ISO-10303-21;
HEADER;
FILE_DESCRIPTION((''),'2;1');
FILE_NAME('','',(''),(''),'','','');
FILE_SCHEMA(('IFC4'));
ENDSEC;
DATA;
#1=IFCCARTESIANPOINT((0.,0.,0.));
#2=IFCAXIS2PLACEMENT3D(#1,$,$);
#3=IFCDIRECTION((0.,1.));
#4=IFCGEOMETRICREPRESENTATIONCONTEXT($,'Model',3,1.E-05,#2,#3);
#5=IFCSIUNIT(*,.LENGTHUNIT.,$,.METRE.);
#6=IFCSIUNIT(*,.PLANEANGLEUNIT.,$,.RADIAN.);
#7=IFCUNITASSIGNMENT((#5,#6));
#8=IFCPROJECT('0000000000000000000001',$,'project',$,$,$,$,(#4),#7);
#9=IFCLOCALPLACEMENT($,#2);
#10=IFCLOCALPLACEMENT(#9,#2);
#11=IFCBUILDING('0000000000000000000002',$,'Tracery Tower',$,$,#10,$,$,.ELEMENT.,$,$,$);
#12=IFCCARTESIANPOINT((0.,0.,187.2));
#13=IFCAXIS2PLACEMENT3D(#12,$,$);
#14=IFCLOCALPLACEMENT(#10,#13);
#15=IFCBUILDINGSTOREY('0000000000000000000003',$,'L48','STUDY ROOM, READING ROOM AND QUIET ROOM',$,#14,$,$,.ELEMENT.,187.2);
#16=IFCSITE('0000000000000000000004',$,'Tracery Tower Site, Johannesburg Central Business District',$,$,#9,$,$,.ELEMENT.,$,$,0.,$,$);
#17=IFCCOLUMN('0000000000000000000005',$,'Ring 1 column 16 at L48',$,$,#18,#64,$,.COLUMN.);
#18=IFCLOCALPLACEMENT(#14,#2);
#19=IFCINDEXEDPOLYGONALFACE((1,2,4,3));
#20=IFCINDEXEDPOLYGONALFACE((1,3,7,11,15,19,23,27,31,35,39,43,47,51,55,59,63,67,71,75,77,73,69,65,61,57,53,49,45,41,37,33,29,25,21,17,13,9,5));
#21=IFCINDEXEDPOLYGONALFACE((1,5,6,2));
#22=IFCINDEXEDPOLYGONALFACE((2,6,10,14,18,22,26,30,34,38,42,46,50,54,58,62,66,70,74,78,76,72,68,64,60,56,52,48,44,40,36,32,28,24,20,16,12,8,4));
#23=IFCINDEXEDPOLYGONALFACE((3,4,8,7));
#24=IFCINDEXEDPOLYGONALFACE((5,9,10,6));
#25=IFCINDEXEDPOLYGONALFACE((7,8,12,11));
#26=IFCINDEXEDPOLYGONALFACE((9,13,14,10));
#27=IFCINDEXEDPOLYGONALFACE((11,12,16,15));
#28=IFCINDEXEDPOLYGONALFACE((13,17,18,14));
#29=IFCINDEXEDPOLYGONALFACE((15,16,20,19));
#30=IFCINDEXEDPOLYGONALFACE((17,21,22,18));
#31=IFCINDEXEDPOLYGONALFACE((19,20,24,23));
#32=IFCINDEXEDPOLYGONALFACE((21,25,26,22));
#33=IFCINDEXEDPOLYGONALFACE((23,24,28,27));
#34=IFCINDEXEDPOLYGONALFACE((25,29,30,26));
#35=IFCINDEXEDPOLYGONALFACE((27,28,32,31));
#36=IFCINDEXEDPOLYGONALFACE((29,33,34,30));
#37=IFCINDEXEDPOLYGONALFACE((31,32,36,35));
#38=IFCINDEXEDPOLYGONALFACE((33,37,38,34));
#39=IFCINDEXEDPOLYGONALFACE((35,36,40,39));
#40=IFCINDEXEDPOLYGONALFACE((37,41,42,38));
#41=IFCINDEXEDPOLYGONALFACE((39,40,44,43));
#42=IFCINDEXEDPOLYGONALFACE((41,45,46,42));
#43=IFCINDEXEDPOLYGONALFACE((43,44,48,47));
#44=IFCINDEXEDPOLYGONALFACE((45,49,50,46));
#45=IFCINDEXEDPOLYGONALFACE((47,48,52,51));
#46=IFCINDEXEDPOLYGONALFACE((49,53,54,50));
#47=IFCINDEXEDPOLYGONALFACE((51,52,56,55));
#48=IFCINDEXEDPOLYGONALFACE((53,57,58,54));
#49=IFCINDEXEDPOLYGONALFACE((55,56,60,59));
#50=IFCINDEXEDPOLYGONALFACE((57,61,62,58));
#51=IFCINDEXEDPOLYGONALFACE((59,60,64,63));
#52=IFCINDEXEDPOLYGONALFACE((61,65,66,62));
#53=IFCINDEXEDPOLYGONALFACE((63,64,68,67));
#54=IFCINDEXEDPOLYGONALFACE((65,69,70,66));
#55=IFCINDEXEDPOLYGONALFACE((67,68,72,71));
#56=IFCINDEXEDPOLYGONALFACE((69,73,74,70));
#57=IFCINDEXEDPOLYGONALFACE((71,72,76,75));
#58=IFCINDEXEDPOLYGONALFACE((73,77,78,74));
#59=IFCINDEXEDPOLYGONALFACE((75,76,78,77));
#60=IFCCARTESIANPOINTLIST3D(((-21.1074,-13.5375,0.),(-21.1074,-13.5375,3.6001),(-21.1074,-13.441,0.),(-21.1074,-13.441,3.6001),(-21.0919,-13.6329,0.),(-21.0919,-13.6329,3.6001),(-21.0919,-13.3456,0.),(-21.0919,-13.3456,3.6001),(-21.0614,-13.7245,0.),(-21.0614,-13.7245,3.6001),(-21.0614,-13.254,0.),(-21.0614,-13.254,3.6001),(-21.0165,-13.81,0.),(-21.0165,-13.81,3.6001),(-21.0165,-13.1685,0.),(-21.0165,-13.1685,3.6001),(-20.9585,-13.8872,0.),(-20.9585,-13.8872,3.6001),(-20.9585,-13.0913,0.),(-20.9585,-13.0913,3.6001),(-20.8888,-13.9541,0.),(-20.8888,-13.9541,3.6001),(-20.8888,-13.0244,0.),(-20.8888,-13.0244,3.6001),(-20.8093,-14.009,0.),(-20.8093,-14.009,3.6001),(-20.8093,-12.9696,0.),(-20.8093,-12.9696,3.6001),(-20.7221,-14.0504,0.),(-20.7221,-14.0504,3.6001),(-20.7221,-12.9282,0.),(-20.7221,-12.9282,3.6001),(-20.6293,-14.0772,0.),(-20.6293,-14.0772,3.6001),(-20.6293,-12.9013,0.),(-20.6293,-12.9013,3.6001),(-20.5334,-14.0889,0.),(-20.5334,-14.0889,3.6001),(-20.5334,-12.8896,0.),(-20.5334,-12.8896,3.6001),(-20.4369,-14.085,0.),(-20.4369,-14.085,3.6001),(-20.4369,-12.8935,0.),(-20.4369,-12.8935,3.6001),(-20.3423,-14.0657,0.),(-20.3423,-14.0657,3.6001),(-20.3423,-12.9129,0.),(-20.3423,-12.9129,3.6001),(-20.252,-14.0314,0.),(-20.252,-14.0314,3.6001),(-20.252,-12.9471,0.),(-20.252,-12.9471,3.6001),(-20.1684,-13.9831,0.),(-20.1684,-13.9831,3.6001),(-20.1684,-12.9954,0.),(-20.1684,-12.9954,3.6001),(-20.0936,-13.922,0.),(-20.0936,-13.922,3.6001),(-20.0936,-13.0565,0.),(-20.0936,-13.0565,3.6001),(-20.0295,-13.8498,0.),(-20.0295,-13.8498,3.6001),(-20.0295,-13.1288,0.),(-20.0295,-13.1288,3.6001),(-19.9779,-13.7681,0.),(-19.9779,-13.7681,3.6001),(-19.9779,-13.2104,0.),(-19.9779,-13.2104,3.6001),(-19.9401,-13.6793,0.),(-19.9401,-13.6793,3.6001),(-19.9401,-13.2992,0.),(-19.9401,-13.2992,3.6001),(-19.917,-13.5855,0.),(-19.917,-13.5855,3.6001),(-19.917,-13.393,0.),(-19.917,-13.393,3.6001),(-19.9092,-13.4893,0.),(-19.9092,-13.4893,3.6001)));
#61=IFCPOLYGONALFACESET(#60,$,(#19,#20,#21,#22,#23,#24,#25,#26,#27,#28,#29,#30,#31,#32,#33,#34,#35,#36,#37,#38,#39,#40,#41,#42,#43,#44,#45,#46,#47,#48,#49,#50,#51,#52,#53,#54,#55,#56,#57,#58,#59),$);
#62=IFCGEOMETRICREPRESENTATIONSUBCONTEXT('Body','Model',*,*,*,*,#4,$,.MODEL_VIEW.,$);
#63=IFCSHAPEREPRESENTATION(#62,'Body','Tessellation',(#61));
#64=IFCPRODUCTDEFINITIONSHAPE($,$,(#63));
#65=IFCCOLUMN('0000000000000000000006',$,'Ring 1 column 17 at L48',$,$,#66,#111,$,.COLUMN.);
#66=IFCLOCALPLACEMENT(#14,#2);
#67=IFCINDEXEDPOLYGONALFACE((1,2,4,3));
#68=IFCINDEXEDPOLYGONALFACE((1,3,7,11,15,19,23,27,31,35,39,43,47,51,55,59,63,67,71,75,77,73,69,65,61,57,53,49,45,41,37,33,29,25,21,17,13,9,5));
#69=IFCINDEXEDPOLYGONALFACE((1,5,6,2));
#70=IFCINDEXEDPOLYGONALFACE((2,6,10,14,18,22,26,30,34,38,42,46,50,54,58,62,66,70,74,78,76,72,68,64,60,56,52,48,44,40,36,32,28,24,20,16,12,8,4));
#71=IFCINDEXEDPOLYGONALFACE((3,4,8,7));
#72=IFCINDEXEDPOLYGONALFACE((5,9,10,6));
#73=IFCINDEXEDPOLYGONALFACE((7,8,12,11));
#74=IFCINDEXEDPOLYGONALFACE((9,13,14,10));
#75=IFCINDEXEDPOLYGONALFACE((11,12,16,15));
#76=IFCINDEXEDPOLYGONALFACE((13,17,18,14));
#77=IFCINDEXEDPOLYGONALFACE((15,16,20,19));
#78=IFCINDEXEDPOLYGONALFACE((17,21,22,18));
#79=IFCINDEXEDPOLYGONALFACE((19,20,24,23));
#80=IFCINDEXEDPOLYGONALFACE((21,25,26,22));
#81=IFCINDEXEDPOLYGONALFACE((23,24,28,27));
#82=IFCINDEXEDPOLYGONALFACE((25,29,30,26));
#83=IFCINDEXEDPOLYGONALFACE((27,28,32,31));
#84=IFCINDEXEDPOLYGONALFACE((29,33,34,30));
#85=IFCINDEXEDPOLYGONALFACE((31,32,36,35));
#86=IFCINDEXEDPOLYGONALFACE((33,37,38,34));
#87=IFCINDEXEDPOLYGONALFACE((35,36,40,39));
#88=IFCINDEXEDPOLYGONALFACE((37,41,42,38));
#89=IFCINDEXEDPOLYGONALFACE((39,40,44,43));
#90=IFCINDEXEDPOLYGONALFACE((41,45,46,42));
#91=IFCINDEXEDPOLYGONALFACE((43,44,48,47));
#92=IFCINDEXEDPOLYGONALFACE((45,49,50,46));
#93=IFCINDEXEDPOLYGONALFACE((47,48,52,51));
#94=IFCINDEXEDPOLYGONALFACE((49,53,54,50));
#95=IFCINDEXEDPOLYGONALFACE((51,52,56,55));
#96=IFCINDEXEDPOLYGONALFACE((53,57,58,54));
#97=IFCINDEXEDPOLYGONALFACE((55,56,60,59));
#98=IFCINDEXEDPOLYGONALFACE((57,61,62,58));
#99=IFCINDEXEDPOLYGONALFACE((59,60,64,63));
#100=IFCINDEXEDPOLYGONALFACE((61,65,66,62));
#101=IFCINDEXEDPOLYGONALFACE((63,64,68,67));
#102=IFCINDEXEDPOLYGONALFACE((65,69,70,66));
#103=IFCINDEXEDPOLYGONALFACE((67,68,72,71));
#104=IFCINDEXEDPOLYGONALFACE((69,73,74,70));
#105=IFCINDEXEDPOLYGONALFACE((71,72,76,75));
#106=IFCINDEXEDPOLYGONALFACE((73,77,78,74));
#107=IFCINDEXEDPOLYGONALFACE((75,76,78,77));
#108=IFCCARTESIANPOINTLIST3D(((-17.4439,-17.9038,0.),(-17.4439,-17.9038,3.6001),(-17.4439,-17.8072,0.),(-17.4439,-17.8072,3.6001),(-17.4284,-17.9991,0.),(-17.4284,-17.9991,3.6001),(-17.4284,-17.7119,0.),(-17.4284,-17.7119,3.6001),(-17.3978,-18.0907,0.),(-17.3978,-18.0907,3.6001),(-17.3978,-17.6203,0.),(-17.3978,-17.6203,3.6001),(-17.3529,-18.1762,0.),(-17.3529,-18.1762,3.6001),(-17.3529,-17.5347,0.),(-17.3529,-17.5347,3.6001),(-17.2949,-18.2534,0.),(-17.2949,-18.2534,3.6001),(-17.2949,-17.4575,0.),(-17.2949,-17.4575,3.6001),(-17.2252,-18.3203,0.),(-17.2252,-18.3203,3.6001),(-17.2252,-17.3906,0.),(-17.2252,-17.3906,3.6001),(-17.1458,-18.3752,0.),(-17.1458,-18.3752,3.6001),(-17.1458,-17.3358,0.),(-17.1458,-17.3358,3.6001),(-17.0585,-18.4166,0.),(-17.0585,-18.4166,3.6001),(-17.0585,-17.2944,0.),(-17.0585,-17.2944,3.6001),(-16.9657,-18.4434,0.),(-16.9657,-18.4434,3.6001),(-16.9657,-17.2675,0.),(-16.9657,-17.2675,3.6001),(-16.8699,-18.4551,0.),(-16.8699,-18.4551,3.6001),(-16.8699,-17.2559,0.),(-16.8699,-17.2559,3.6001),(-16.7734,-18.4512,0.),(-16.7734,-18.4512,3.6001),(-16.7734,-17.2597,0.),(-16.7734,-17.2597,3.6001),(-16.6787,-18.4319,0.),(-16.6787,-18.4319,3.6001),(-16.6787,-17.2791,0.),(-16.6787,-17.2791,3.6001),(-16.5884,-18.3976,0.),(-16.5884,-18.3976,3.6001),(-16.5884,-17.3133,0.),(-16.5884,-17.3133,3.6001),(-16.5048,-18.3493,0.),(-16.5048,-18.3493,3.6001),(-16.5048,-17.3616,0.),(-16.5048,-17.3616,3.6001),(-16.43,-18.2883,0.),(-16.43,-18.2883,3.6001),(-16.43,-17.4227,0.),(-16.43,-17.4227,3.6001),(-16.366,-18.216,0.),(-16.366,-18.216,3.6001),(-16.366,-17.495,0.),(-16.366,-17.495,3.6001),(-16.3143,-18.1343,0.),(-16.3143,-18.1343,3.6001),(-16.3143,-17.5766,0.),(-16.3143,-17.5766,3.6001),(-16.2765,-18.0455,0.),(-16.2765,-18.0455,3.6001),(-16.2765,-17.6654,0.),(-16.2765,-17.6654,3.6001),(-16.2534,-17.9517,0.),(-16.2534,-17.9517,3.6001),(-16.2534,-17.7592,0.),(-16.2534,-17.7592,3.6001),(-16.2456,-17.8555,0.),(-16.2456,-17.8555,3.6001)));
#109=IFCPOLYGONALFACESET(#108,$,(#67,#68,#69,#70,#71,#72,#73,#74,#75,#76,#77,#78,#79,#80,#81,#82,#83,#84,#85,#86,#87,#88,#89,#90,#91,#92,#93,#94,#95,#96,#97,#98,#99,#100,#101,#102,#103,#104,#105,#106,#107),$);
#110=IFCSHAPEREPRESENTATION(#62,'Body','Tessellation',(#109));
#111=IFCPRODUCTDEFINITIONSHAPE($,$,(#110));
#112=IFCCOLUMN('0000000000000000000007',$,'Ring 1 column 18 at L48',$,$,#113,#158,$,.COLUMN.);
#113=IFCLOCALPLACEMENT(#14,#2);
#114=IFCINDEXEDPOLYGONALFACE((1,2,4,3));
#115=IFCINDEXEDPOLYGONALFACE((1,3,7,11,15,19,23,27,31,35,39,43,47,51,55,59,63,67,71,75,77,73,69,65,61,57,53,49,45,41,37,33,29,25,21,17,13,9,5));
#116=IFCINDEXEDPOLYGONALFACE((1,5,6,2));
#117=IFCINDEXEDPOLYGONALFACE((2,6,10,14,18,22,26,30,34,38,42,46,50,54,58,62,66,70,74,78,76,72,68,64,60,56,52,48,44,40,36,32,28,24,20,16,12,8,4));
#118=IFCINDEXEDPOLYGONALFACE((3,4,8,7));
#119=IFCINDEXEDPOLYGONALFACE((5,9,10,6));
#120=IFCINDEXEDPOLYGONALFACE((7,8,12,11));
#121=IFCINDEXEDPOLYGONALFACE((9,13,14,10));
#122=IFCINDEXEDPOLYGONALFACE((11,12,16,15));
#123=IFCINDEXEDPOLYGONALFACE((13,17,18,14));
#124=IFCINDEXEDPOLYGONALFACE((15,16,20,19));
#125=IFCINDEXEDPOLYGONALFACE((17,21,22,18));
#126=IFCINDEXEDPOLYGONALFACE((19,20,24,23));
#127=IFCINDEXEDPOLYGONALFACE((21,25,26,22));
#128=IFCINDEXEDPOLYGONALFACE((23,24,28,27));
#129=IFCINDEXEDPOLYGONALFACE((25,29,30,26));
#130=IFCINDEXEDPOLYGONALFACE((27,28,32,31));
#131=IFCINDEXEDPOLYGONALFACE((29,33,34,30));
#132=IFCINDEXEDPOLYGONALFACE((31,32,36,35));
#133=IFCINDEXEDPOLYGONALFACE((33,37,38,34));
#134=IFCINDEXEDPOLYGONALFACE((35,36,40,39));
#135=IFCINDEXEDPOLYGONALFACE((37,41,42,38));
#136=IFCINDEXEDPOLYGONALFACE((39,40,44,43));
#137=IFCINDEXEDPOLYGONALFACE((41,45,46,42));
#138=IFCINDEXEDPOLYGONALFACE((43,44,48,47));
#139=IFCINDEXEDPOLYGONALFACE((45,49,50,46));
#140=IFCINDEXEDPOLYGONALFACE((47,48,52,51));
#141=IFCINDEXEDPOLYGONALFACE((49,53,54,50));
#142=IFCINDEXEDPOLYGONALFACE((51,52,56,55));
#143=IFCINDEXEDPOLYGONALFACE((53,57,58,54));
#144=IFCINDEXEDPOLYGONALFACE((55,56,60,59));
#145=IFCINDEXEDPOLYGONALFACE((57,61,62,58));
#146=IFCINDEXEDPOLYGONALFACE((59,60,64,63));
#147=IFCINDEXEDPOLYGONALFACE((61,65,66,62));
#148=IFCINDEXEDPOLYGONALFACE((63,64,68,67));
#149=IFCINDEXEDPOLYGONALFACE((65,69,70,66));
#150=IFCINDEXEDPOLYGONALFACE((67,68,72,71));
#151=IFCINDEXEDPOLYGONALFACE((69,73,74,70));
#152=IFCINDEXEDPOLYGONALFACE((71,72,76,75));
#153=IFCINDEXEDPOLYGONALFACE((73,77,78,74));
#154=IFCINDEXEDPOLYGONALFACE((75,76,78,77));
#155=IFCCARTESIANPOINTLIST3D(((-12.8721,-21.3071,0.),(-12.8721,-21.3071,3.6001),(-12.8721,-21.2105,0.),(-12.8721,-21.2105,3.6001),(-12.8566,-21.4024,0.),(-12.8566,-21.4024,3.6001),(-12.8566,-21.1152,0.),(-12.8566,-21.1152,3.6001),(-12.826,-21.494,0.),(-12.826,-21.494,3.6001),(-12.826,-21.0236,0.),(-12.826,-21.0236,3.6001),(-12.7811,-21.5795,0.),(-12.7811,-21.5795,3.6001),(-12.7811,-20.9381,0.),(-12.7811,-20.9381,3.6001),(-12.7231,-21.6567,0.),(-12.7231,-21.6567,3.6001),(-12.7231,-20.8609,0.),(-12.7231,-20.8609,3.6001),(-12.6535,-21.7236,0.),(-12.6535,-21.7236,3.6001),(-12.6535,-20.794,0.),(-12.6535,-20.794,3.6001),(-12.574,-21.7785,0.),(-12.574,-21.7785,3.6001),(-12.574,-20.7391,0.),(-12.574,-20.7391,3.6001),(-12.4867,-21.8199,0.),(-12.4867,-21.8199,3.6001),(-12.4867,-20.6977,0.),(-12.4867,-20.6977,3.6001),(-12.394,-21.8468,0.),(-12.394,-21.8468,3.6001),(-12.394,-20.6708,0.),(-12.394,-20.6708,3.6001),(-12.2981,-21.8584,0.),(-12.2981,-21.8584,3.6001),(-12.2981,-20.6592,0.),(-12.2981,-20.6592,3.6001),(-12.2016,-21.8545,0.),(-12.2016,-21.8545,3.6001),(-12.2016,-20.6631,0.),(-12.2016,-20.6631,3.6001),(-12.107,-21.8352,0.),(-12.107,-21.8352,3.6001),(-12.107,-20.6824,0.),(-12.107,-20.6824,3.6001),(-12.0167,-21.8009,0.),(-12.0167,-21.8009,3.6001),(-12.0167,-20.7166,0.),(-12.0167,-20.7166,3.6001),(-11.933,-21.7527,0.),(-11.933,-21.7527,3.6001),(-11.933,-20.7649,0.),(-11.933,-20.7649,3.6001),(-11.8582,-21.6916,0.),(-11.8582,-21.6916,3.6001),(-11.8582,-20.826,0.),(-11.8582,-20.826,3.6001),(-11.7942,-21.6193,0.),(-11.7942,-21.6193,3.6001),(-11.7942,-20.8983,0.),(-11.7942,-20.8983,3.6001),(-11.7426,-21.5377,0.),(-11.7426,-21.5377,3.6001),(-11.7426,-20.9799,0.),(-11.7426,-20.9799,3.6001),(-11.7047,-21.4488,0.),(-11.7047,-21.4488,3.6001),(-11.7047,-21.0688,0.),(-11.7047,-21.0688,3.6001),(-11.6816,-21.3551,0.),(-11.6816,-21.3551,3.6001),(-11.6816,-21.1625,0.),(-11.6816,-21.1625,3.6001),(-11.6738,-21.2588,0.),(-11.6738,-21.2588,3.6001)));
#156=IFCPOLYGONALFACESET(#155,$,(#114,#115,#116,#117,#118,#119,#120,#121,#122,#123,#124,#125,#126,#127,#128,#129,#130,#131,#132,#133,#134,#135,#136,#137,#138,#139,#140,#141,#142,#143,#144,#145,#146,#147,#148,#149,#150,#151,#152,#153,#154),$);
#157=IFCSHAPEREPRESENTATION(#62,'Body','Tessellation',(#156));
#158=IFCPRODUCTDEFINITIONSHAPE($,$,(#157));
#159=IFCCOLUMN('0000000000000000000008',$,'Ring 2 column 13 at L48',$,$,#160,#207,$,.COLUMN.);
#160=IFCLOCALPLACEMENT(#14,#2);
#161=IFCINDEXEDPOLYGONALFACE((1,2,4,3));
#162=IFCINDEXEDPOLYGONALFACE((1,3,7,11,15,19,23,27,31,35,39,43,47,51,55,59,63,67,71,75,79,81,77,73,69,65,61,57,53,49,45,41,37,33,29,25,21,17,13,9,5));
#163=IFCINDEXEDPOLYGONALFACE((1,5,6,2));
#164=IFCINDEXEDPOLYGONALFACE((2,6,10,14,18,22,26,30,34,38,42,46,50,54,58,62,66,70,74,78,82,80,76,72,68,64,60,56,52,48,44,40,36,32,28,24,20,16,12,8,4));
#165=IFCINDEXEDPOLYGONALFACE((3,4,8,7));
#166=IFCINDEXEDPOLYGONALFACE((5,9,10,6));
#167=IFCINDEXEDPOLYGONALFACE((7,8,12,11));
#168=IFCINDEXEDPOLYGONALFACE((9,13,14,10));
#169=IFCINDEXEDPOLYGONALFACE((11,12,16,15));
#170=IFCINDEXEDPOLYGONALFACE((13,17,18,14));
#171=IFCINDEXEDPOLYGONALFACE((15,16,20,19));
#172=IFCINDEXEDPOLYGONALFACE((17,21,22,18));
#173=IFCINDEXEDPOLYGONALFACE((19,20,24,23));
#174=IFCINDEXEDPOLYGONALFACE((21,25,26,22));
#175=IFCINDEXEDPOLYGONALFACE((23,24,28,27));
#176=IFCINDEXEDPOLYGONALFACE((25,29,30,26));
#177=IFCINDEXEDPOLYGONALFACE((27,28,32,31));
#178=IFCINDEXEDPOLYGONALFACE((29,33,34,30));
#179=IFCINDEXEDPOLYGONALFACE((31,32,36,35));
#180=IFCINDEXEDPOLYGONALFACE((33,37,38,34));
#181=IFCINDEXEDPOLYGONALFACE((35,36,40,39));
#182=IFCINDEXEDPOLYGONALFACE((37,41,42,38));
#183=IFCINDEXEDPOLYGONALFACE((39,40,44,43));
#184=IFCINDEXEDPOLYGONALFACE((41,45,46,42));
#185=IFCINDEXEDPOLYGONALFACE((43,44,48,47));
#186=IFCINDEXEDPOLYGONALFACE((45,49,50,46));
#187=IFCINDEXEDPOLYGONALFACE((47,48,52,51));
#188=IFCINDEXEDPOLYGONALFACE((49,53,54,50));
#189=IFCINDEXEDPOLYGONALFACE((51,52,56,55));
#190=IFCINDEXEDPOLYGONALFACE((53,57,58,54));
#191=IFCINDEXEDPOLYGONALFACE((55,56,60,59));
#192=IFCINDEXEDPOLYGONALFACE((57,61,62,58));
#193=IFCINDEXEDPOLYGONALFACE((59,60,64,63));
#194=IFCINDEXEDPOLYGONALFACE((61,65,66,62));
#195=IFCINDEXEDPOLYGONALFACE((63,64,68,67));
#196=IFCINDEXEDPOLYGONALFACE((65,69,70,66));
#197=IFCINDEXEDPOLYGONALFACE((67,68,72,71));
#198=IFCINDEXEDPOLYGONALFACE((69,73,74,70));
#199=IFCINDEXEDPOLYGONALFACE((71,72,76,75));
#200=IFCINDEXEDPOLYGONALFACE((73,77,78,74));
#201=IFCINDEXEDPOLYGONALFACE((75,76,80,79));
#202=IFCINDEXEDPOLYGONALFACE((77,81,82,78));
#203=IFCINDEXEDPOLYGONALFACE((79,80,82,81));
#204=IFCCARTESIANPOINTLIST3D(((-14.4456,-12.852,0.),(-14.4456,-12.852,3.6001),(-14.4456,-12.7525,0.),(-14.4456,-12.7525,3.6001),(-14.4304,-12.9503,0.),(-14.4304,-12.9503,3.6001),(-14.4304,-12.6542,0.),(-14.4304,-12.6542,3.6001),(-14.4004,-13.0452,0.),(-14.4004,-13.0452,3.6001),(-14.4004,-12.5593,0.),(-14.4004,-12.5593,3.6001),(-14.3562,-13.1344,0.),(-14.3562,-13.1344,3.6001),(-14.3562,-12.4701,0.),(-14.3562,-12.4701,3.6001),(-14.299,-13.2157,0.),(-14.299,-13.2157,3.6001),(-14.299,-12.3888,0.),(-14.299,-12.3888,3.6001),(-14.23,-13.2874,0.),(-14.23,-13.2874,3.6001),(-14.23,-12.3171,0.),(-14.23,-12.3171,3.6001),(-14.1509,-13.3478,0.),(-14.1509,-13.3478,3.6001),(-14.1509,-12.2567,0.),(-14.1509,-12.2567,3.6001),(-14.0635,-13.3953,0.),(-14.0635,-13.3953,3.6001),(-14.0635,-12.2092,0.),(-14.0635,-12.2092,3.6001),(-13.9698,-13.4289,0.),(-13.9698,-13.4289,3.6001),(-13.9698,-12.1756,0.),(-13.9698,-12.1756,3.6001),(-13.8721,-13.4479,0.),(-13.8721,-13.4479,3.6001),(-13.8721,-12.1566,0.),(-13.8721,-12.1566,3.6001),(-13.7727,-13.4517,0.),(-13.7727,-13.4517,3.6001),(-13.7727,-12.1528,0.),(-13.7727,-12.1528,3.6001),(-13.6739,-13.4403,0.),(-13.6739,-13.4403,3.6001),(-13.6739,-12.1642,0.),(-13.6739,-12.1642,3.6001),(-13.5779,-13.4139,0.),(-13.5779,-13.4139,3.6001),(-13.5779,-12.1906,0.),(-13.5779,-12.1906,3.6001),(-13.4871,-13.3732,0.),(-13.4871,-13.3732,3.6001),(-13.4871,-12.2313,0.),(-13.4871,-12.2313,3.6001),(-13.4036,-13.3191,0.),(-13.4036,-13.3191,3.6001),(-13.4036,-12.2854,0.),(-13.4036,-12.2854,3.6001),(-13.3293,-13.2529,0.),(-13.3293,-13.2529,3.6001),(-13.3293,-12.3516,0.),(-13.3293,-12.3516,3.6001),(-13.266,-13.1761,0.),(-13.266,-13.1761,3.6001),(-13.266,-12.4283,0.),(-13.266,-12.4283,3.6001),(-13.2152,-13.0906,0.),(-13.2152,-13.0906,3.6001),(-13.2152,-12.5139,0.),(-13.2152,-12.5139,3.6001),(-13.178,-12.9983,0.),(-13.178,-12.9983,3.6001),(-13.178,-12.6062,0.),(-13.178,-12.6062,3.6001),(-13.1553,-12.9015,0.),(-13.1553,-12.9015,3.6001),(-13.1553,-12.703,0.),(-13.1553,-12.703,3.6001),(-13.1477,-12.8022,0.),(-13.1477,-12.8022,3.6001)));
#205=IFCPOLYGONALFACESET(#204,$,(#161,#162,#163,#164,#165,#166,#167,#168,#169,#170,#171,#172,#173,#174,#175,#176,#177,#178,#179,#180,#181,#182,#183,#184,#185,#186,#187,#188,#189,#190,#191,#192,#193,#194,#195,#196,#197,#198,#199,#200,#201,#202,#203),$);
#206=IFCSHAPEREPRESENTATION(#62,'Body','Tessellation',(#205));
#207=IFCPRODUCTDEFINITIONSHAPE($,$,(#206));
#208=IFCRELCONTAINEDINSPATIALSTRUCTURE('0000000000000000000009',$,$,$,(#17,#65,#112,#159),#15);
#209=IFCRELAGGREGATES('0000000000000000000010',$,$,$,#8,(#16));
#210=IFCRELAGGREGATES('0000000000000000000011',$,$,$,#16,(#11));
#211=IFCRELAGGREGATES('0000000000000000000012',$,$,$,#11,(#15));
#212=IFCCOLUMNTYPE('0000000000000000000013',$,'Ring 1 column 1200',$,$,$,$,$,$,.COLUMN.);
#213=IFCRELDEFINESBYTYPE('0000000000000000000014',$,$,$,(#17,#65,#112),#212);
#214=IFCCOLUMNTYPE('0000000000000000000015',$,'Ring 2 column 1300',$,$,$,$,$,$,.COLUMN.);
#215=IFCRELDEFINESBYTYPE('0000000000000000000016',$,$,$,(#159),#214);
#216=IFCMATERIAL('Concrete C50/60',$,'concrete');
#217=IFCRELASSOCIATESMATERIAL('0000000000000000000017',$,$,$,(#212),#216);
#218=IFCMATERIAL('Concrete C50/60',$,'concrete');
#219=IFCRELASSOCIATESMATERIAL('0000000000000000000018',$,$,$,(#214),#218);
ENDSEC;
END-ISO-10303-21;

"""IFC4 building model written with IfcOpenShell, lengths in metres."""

from ifc_helpers import new_model, si_unit, direction, frame, origin, origin_2d, place, context, subcontext, project, spatial, circle, extrude, material, material_profile, profile_set, type_object, element, save


model = new_model("IFC4")

# Units and contexts
model_context = context("Model", 3, precision=1e-05, world=origin(), true_north=direction((0.0, 1.0)))
body_context = subcontext(model_context, "Body", "Model", "MODEL_VIEW")
ifc_project = project(units=[si_unit("LENGTHUNIT", "METRE"), si_unit("PLANEANGLEUNIT", "RADIAN")], contexts=[model_context])

# Site, building, storey
site_placement = place(None, origin())
site = spatial("IfcSite", under=ifc_project, at=site_placement, Name="Tracery Tower Site, Johannesburg Central Business District", CompositionType="ELEMENT", RefElevation=0.0)
building_placement = place(site_placement, origin())
building = spatial("IfcBuilding", under=site, at=building_placement, Name="Tracery Tower", CompositionType="ELEMENT")
storey_placement = place(building_placement, frame((0.0, 0.0, 187.2)))
storey = spatial("IfcBuildingStorey", under=building, at=storey_placement, Name="L48", Description="STUDY ROOM, READING ROOM AND QUIET ROOM", CompositionType="ELEMENT", Elevation=187.2)

# Columns
ifc_material_1 = material(Name="Concrete C50/60", Category="concrete")
ifc_material_profile_1 = material_profile(ifc_material_1, circle(Radius=0.6001, at=origin_2d()), Name="RC D1200")
ifc_profile_set_1 = profile_set([ifc_material_profile_1], Name="Concrete C50/60")
column_type_1 = type_object("IfcColumnType", Name="Ring 1 column 1200", PredefinedType="COLUMN", material=ifc_profile_set_1)
for number, where, z_axis, x_axis, name in (
    (1, (-20.5093, -13.4893, 0.0), (0.0, 0.0, 1.0), (1.0, 0.0, 0.0), "Ring 1 column 16 at L48"),
    (2, (-16.8457, -17.8555, 0.0), (0.0, 0.0, 1.0), (1.0, 0.0, 0.0), "Ring 1 column 17 at L48"),
    (3, (-12.2739, -21.2588, 0.0), (0.0, 0.0, 1.0), (1.0, 0.0, 0.0), "Ring 1 column 18 at L48"),
):
    element("IfcColumn", number, at=place(storey_placement, frame(where, z_axis=z_axis, x_axis=x_axis)), inside=storey, type_object=column_type_1, Name=name, PredefinedType="COLUMN", context=body_context, shape_type="SweptSolid", body=[
        extrude(circle(Radius=0.6001, at=origin_2d()), origin(), (0.0, 0.0, 1.0), 3.6001),
    ])
ifc_material_2 = material(Name="Concrete C50/60", Category="concrete")
ifc_material_profile_2 = material_profile(ifc_material_2, circle(Radius=0.6499, at=origin_2d()), Name="RC D1300")
ifc_profile_set_2 = profile_set([ifc_material_profile_2], Name="Concrete C50/60")
column_type_2 = type_object("IfcColumnType", Name="Ring 2 column 1300", PredefinedType="COLUMN", material=ifc_profile_set_2)
column_placement = place(storey_placement, frame((-13.7976, -12.8022, 0.0), z_axis=(0.0, 0.0, 1.0), x_axis=(1.0, 0.0, 0.0)))
element("IfcColumn", 4, at=column_placement, inside=storey, type_object=column_type_2, Name="Ring 2 column 13 at L48", PredefinedType="COLUMN", context=body_context, shape_type="SweptSolid", body=[
    extrude(circle(Radius=0.6499, at=origin_2d()), origin(), (0.0, 0.0, 1.0), 3.6001),
])

save(model, "model.ifc")
